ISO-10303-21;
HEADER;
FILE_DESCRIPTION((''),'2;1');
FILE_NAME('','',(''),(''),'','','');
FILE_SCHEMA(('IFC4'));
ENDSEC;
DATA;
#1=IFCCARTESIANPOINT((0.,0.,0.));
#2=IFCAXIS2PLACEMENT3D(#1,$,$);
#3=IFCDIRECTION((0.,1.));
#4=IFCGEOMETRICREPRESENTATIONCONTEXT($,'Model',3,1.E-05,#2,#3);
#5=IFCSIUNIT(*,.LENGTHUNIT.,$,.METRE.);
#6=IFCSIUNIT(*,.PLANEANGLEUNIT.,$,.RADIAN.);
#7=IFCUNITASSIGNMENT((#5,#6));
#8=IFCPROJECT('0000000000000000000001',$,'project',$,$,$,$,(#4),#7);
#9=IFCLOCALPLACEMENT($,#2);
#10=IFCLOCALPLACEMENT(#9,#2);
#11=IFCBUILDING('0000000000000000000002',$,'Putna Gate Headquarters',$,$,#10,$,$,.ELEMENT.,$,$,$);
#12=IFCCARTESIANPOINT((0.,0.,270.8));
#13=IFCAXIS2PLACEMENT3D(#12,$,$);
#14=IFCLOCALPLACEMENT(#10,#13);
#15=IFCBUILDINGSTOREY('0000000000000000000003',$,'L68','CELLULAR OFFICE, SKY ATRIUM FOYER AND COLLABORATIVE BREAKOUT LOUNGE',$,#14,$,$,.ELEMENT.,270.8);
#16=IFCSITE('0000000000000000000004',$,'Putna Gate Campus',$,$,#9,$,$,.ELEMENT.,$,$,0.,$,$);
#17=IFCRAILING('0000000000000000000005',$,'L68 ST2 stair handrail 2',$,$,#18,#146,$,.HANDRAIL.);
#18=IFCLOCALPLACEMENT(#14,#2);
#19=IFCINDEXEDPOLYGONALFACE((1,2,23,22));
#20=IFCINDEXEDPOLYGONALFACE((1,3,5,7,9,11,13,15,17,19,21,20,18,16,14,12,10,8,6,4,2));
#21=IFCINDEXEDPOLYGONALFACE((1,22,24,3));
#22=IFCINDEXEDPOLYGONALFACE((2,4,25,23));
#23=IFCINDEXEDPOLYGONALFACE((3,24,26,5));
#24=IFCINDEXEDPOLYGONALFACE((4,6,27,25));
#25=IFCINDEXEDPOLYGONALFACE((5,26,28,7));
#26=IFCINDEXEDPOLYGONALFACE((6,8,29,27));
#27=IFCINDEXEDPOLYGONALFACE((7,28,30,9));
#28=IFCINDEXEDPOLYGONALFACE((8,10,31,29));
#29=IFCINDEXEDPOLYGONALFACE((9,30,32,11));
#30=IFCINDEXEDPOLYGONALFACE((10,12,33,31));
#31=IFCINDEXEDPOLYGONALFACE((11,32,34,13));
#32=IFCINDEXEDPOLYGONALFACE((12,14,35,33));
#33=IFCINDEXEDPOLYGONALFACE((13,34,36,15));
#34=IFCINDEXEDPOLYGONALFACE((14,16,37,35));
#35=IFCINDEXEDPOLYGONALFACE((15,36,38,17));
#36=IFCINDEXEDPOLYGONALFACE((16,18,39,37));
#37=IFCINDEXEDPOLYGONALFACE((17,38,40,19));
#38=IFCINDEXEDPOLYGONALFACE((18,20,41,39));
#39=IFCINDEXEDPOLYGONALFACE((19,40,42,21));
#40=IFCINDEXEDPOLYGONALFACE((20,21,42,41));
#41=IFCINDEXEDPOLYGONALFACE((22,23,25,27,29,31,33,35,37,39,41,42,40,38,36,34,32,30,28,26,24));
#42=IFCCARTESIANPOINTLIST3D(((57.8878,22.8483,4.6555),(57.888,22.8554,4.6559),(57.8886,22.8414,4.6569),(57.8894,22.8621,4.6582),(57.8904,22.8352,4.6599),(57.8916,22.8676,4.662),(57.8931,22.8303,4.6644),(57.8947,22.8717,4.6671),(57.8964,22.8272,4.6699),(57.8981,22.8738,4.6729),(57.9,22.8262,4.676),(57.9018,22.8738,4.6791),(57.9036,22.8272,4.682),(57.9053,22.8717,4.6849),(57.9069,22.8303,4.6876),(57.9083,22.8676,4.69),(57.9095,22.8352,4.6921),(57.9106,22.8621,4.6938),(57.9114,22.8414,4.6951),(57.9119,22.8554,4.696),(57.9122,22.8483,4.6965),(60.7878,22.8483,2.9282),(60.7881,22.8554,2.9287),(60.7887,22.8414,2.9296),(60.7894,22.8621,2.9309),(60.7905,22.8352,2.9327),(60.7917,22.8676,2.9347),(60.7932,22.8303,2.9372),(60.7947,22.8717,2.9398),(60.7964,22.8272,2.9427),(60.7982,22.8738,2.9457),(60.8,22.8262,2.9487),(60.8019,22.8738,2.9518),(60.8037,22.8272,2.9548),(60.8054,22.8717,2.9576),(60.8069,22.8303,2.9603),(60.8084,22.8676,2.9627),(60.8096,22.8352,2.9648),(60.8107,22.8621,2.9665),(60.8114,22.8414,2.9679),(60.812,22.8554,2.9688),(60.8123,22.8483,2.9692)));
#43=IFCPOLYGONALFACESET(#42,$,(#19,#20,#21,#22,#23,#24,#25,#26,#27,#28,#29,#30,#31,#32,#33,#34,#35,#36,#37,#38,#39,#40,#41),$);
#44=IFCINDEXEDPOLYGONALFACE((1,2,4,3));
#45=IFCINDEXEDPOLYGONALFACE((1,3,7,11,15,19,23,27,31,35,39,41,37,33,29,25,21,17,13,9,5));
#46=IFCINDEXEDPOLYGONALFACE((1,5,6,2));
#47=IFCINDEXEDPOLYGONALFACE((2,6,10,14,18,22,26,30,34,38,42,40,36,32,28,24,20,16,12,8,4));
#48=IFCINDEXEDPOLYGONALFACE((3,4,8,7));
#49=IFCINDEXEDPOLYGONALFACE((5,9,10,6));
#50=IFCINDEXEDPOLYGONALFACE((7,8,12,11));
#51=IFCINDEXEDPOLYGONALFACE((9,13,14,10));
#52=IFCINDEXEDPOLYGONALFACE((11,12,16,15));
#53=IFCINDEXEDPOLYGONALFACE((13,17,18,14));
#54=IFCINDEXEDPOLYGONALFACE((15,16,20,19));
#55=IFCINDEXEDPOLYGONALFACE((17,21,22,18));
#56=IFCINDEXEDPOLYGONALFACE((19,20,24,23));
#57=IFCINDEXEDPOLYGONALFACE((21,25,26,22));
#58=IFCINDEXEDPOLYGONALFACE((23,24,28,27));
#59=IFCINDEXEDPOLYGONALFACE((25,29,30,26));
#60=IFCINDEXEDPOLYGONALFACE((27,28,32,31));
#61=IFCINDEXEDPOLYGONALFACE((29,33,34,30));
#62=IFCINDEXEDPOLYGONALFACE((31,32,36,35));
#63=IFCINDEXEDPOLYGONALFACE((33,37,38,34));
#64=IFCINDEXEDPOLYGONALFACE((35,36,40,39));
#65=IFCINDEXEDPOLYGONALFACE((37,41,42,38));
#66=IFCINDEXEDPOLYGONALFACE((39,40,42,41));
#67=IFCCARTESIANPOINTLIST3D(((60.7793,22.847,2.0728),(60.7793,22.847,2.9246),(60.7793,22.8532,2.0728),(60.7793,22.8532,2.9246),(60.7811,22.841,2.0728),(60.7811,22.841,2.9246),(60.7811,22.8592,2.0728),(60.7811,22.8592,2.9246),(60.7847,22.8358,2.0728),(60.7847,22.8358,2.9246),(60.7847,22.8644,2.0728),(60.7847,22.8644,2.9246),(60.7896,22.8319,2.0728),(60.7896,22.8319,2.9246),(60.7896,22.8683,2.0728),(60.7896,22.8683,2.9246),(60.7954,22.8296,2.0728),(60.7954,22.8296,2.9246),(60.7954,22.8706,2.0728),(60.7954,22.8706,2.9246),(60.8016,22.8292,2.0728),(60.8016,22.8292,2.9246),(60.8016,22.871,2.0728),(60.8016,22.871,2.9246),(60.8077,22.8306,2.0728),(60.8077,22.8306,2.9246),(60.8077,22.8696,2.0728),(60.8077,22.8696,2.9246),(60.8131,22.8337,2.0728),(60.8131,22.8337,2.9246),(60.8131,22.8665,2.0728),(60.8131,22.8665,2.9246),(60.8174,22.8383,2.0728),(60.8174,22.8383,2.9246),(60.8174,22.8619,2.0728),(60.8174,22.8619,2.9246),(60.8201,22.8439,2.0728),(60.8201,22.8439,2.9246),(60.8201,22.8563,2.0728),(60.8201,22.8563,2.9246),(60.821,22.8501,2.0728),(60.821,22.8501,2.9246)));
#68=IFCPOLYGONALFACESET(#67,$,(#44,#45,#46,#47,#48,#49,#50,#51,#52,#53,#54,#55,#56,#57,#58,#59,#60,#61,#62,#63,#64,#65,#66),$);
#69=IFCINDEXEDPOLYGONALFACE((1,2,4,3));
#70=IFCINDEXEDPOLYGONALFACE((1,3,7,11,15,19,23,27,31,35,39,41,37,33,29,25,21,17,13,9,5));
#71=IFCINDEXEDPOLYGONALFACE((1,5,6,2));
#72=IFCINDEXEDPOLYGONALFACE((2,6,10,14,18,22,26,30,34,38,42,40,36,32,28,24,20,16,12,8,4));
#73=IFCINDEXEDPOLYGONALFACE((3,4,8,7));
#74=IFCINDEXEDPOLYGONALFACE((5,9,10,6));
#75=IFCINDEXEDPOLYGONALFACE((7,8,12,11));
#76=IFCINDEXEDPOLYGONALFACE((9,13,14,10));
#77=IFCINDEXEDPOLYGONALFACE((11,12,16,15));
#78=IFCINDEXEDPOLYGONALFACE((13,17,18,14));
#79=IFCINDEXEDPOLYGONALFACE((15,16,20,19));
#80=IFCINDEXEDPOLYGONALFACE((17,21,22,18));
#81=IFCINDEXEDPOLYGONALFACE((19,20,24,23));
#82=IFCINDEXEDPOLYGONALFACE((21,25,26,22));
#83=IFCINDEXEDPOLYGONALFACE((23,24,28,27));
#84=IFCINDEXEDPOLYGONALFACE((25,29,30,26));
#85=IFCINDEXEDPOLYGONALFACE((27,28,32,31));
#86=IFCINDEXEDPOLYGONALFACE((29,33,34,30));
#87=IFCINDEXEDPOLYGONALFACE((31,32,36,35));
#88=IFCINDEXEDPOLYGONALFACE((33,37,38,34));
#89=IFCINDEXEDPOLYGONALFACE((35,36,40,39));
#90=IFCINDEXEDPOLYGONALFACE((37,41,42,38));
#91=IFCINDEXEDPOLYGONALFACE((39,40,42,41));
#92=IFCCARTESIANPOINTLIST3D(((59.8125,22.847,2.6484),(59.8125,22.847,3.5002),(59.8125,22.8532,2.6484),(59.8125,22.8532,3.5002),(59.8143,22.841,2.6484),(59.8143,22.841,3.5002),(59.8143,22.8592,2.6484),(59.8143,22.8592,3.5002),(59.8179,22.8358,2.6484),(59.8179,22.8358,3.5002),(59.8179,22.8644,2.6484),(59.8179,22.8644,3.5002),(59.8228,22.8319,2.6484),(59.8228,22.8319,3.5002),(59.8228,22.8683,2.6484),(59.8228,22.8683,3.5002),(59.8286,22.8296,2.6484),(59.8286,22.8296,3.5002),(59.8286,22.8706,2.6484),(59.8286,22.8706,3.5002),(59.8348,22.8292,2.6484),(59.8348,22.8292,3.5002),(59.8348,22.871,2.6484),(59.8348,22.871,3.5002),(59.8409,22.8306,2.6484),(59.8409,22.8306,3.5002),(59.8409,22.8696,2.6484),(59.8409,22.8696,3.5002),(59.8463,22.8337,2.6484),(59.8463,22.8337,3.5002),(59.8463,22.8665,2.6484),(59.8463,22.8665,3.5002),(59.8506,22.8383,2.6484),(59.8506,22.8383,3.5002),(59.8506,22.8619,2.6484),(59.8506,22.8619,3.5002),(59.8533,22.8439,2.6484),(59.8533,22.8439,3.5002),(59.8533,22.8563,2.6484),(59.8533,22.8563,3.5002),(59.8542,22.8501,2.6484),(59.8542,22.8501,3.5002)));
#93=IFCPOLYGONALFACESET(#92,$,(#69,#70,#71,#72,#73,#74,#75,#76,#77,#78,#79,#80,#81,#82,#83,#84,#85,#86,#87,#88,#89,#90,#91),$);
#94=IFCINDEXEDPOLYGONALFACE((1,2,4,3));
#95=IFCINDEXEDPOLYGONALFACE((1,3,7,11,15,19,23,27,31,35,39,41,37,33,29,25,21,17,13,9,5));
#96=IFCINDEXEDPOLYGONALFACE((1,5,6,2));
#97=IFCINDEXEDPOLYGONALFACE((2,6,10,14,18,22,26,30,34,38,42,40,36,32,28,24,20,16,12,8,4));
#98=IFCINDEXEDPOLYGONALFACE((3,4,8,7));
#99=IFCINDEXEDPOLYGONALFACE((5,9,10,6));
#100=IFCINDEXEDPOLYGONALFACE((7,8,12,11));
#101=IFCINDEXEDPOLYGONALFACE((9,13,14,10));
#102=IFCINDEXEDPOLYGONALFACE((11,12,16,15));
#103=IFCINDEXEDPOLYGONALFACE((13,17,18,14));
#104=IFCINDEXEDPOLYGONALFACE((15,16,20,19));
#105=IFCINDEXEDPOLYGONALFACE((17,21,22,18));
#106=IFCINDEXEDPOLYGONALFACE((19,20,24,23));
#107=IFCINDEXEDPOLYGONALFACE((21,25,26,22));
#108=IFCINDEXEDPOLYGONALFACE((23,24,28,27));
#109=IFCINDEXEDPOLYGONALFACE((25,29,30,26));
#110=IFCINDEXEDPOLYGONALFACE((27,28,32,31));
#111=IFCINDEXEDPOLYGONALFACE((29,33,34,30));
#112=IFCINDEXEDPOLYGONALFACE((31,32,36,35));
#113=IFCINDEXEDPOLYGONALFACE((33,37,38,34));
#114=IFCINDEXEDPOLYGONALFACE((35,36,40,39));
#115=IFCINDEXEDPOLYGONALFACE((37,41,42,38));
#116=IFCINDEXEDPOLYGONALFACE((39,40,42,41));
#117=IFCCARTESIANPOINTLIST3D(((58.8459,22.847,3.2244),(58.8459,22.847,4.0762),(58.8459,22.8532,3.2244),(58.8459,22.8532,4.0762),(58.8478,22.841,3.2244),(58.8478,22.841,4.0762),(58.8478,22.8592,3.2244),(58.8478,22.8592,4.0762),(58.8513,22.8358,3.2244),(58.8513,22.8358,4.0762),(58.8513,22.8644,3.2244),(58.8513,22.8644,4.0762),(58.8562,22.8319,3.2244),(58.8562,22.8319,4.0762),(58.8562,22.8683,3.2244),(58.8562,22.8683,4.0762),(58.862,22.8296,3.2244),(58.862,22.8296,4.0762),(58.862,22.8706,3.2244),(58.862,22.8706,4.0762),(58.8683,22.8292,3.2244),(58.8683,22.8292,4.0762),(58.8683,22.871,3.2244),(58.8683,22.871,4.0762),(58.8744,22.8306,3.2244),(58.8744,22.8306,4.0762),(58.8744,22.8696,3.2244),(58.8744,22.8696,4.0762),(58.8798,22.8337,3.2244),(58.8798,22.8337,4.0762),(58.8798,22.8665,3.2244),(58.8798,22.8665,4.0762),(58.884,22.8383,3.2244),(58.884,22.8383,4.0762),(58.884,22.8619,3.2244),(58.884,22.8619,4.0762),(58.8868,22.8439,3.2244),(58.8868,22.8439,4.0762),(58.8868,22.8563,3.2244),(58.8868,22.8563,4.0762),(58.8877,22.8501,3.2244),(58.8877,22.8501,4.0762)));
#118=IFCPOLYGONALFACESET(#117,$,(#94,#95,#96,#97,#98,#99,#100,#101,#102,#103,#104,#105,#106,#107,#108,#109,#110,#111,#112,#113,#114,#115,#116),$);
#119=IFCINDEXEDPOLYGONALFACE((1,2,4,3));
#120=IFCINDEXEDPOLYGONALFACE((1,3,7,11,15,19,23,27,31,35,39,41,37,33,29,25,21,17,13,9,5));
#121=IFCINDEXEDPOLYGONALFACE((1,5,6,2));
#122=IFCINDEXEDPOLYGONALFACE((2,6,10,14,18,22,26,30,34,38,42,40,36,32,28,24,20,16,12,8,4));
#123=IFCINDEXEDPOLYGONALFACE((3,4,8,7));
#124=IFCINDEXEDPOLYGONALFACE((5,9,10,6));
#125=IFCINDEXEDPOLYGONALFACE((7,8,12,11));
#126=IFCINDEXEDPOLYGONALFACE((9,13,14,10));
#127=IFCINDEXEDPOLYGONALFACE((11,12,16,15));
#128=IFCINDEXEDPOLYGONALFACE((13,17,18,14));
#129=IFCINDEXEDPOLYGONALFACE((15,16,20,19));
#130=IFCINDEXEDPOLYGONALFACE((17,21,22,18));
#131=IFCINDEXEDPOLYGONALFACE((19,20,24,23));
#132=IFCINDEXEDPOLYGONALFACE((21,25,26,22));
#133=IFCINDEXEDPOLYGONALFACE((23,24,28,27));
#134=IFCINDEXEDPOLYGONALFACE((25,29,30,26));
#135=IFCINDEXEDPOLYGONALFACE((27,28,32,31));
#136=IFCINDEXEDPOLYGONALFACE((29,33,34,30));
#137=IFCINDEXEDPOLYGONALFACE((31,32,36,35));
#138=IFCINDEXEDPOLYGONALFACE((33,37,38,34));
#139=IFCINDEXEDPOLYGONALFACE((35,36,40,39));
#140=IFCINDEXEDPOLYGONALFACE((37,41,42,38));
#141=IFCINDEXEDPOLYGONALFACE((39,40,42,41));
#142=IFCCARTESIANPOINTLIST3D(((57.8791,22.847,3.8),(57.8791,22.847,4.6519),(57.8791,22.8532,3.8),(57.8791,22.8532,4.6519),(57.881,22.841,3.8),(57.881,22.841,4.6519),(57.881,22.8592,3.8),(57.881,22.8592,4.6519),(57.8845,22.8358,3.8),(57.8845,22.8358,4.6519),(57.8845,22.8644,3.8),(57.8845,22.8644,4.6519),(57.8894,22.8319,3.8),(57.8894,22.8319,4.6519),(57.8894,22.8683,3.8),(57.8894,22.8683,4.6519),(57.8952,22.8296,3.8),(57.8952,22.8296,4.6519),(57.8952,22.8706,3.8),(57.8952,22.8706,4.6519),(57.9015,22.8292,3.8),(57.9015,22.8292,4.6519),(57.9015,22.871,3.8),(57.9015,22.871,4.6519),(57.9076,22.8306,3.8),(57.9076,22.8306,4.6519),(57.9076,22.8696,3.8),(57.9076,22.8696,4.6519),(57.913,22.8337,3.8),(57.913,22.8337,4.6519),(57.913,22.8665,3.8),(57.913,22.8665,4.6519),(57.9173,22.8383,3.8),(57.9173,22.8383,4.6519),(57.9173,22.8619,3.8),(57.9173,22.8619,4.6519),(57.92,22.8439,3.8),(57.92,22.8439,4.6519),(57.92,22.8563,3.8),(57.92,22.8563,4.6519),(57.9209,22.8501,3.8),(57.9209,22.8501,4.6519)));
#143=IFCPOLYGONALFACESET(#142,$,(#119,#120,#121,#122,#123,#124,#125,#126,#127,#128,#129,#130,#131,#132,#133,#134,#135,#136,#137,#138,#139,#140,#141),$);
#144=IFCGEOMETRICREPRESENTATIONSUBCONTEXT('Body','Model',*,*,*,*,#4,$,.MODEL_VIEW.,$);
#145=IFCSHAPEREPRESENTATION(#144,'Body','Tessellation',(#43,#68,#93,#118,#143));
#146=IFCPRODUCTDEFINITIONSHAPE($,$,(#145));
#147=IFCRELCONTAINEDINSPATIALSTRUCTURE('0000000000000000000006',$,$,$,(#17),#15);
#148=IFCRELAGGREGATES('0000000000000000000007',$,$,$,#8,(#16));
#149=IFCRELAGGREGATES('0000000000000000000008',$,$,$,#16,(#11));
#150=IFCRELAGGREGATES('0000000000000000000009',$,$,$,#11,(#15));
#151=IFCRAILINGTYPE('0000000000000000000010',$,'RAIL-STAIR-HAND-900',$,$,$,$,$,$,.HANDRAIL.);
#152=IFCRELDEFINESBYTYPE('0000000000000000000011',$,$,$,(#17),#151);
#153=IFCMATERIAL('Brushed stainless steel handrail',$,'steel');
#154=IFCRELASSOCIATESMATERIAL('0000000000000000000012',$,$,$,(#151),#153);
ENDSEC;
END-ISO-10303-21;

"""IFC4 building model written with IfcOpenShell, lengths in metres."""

from ifc_helpers import new_model, si_unit, direction, frame, origin, origin_2d, place, context, subcontext, project, spatial, circle, extrude, material, type_object, element, save


model = new_model("IFC4")

# Units and contexts
model_context = context("Model", 3, precision=1e-05, world=origin(), true_north=direction((0.0, 1.0)))
body_context = subcontext(model_context, "Body", "Model", "MODEL_VIEW")
ifc_project = project(units=[si_unit("LENGTHUNIT", "METRE"), si_unit("PLANEANGLEUNIT", "RADIAN")], contexts=[model_context])

# Site, building, storey
site_placement = place(None, origin())
site = spatial("IfcSite", under=ifc_project, at=site_placement, Name="Putna Gate Campus", CompositionType="ELEMENT", RefElevation=0.0)
building_placement = place(site_placement, origin())
building = spatial("IfcBuilding", under=site, at=building_placement, Name="Putna Gate Headquarters", CompositionType="ELEMENT")
storey_placement = place(building_placement, frame((0.0, 0.0, 270.8)))
storey = spatial("IfcBuildingStorey", under=building, at=storey_placement, Name="L68", Description="CELLULAR OFFICE, SKY ATRIUM FOYER AND COLLABORATIVE BREAKOUT LOUNGE", CompositionType="ELEMENT", Elevation=270.8)

# Railing
ifc_material_1 = material(Name="Brushed stainless steel handrail", Category="steel")
railing_type_1 = type_object("IfcRailingType", Name="RAIL-STAIR-HAND-900", PredefinedType="HANDRAIL", material=ifc_material_1)
railing_1_placement = place(storey_placement, frame((60.8, 22.8501, 2.0728)))
element("IfcRailing", 1, at=railing_1_placement, inside=storey, type_object=railing_type_1, Name="L68 ST2 stair handrail 2", PredefinedType="HANDRAIL", context=body_context, shape_type="SweptSolid", body=[
    extrude(circle(Radius=0.0239, at=origin_2d()), frame((0.0, 0.0, 0.876), z_axis=(-0.85916, 0.0, 0.511706), x_axis=(0.0, -1.0, 0.0)), (0.0, 0.0, 1.0), 3.3755),
    extrude(circle(Radius=0.021, at=origin_2d()), origin(), (0.0, 0.0, 1.0), 0.8518),
    extrude(circle(Radius=0.021, at=origin_2d()), frame((-0.9668, 0.0, 0.5757)), (0.0, 0.0, 1.0), 0.8518),
    extrude(circle(Radius=0.021, at=origin_2d()), frame((-1.9333, 0.0, 1.1516)), (0.0, 0.0, 1.0), 0.8518),
    extrude(circle(Radius=0.021, at=origin_2d()), frame((-2.9001, 0.0, 1.7273)), (0.0, 0.0, 1.0), 0.8518),
])

save(model, "model.ifc")
